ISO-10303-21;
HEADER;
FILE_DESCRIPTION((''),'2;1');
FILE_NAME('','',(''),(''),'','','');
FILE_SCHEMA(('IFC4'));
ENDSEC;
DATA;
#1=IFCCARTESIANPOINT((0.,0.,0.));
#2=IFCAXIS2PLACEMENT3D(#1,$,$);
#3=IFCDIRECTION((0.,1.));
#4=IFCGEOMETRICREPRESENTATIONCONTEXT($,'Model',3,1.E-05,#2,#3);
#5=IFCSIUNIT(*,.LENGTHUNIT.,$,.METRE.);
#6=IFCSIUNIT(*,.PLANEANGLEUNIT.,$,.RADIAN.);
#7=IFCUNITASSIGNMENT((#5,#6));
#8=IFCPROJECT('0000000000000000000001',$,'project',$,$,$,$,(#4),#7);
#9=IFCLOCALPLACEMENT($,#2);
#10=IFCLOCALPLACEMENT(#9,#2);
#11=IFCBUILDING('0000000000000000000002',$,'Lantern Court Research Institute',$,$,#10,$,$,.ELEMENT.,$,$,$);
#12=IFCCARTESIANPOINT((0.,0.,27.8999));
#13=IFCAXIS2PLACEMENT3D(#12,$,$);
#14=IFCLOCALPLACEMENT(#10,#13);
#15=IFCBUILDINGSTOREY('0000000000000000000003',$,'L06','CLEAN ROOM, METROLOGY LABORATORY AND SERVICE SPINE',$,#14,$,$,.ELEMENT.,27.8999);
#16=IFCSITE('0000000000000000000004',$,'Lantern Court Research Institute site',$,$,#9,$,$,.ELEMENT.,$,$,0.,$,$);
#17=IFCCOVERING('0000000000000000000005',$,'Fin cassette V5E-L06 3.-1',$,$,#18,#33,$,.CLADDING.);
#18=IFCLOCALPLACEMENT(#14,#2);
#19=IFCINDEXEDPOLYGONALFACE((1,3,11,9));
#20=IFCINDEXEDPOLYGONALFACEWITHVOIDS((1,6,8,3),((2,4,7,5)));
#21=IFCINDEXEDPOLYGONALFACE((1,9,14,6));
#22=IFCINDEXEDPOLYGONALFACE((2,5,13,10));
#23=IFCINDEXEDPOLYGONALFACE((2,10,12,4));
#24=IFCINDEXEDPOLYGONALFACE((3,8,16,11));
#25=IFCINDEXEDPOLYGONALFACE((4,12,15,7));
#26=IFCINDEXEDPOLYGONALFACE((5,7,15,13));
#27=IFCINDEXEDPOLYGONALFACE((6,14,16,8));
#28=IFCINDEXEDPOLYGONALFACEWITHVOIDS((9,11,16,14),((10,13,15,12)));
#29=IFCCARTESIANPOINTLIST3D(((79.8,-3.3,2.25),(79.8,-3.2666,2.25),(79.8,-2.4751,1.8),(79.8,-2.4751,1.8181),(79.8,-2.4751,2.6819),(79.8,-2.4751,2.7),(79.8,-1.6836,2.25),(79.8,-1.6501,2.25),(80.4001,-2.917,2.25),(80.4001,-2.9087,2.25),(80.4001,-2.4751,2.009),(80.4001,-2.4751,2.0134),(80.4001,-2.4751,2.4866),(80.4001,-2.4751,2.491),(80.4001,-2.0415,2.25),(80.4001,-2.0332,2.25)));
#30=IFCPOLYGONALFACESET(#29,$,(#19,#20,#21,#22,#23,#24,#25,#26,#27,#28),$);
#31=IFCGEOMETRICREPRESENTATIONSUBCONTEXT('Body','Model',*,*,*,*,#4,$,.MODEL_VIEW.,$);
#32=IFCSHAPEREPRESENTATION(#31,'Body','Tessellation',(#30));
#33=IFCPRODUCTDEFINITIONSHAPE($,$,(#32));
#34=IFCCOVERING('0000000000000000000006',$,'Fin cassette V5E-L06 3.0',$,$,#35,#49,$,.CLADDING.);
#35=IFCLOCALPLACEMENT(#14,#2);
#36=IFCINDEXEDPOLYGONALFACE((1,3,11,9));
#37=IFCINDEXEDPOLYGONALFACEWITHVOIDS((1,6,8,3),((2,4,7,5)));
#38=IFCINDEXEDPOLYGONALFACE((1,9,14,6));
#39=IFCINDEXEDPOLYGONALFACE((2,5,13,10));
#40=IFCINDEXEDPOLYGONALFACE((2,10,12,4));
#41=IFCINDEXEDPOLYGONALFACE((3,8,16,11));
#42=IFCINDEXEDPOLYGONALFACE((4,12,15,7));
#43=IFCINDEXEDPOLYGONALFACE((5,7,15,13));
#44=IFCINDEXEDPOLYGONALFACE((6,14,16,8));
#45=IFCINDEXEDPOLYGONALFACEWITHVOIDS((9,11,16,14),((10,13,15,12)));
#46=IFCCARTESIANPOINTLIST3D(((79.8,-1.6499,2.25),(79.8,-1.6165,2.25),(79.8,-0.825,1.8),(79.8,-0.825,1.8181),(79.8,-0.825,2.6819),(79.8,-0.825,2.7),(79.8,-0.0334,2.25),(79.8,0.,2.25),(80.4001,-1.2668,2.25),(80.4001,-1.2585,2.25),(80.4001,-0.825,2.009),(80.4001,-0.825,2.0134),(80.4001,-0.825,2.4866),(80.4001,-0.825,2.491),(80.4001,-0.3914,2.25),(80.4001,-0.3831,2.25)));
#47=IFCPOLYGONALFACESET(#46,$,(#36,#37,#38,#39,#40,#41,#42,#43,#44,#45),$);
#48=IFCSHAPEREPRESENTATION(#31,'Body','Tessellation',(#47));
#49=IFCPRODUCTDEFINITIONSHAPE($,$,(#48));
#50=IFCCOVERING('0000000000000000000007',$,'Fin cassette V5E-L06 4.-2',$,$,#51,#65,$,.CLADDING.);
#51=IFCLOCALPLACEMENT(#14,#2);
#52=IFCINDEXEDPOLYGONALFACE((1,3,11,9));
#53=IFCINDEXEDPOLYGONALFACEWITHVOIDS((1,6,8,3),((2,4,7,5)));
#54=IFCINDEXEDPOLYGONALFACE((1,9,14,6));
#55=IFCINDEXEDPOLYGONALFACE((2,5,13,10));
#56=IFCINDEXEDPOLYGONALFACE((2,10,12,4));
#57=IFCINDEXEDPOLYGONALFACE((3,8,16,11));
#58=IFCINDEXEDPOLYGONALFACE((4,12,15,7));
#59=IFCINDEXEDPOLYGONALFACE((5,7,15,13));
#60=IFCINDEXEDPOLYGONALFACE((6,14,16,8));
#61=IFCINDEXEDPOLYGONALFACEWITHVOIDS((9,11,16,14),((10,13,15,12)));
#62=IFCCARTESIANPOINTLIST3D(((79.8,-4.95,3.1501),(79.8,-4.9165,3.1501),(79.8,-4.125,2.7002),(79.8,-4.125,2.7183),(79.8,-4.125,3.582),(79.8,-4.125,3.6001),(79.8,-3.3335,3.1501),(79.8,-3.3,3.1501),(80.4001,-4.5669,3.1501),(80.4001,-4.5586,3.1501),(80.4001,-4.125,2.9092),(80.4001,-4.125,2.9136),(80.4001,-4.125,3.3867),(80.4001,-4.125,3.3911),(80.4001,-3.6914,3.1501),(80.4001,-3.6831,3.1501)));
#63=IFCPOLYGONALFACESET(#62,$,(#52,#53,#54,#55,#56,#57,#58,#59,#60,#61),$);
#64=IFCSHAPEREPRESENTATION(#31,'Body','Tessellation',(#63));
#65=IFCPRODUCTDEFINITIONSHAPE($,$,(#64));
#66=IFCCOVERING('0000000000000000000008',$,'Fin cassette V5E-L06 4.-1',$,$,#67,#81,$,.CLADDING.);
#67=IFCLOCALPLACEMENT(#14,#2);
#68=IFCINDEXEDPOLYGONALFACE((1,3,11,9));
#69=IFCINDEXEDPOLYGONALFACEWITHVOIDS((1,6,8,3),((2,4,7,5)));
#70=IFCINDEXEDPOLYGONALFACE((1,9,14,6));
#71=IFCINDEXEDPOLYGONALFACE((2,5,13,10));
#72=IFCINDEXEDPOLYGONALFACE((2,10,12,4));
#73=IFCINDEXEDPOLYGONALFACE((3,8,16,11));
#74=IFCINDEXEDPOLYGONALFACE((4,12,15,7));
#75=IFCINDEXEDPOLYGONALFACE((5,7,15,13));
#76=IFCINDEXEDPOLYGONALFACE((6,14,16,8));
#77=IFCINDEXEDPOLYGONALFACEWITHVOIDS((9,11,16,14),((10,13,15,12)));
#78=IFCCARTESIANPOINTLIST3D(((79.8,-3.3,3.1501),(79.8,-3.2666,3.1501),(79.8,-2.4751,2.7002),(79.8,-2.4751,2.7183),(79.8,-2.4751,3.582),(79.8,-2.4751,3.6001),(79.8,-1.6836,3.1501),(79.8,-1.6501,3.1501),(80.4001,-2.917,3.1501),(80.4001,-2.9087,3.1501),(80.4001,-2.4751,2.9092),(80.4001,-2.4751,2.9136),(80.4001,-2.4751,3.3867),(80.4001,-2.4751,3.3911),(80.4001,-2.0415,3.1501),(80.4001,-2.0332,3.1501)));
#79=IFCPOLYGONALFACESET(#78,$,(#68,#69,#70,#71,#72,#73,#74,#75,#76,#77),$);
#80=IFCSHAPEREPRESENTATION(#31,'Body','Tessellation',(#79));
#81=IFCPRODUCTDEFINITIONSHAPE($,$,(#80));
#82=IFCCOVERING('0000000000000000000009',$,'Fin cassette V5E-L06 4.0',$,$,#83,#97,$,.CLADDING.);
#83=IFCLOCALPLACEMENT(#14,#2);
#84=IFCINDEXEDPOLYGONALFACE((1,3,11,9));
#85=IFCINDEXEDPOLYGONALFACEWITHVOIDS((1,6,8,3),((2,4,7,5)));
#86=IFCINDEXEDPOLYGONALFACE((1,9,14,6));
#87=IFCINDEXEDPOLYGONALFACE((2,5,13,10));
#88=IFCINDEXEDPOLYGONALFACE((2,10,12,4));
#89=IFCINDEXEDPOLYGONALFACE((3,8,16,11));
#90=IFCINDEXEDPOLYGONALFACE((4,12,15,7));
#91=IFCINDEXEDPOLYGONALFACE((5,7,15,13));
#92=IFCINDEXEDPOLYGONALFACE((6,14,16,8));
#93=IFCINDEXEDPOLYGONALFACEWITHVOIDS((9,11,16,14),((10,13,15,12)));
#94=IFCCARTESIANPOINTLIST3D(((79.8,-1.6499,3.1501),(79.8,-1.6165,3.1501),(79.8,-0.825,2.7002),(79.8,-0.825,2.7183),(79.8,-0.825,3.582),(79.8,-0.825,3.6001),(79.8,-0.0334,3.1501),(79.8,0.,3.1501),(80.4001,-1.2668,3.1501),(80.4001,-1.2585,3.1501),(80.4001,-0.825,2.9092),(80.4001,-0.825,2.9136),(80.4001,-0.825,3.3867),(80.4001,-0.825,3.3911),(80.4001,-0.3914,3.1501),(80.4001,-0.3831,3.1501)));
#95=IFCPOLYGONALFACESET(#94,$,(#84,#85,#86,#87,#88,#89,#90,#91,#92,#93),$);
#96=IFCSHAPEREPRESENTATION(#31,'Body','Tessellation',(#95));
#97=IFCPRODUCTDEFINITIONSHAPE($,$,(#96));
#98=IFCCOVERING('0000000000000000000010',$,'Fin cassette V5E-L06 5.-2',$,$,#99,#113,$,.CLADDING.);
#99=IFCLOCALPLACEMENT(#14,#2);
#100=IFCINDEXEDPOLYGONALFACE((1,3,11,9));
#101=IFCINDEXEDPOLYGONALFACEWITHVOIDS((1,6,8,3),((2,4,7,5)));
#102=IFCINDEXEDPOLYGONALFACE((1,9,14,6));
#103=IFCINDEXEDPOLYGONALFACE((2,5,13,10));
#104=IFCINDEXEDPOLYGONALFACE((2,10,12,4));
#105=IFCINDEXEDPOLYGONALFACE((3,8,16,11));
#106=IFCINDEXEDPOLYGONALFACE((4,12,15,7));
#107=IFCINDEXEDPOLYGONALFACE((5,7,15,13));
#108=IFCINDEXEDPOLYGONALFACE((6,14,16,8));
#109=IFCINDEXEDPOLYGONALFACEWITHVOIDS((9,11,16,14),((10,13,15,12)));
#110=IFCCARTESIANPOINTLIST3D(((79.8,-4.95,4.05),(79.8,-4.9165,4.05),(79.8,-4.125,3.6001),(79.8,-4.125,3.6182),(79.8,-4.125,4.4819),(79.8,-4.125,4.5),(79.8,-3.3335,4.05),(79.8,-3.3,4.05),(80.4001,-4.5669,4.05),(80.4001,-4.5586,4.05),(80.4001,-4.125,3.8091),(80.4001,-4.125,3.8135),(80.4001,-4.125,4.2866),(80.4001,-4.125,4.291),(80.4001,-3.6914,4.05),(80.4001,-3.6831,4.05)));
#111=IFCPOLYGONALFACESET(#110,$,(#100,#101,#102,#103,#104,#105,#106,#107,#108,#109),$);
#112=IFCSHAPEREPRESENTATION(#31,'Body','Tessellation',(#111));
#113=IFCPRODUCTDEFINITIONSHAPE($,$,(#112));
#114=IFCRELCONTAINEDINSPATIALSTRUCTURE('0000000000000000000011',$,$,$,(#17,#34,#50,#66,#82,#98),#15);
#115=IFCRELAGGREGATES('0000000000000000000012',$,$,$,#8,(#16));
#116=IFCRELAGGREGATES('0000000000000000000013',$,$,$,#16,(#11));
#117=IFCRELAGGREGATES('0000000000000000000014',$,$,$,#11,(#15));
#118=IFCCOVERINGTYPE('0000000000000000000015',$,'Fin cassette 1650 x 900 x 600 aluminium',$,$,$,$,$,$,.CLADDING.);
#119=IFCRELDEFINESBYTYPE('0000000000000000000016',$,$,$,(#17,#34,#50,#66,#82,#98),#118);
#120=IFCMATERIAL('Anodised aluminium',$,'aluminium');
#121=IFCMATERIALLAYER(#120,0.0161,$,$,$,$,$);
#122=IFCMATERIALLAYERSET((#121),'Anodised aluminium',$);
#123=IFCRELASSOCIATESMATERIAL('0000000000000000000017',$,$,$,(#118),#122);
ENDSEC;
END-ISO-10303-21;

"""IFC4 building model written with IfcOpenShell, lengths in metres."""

from ifc_helpers import new_model, entity, si_unit, direction, frame, origin, place, context, subcontext, project, spatial, material, layer, layer_set, type_object, element, save


model = new_model("IFC4")

# Units and contexts
model_context = context("Model", 3, precision=1e-05, world=origin(), true_north=direction((0.0, 1.0)))
body_context = subcontext(model_context, "Body", "Model", "MODEL_VIEW")
ifc_project = project(units=[si_unit("LENGTHUNIT", "METRE"), si_unit("PLANEANGLEUNIT", "RADIAN")], contexts=[model_context])

# Site, building, storey
site_placement = place(None, origin())
site = spatial("IfcSite", under=ifc_project, at=site_placement, Name="Lantern Court Research Institute site", CompositionType="ELEMENT", RefElevation=0.0)
building_placement = place(site_placement, origin())
building = spatial("IfcBuilding", under=site, at=building_placement, Name="Lantern Court Research Institute", CompositionType="ELEMENT")
storey_placement = place(building_placement, frame((0.0, 0.0, 27.8999)))
storey = spatial("IfcBuildingStorey", under=building, at=storey_placement, Name="L06", Description="CLEAN ROOM, METROLOGY LABORATORY AND SERVICE SPINE", CompositionType="ELEMENT", Elevation=27.8999)

# Coverings
ifc_material_1 = material(Name="Anodised aluminium", Category="aluminium")
ifc_layer_1 = layer(ifc_material_1, 0.0161)
ifc_layer_set_1 = layer_set([ifc_layer_1], Name="Anodised aluminium")
covering_type = type_object("IfcCoveringType", Name="Fin cassette 1650 x 900 x 600 aluminium", PredefinedType="CLADDING", material=ifc_layer_set_1)
covering_1_placement = place(storey_placement, frame((79.8, -2.4751, 2.25), z_axis=(1.0, 0.0, 0.0), x_axis=(0.0, 1.0, 0.0)))
cartesian_point_1 = entity("IfcCartesianPoint", [0.825, 0.0])
cartesian_point_2 = entity("IfcCartesianPoint", [0.7915, 0.0])
cartesian_point_3 = entity("IfcCartesianPoint", [0.4419, 0.0])
cartesian_point_4 = entity("IfcCartesianPoint", [0.4336, 0.0])
element("IfcCovering", 1, at=covering_1_placement, inside=storey, type_object=covering_type, Name="Fin cassette V5E-L06 3.-1", PredefinedType="CLADDING", context=body_context, shape_type="SweptSolid", body=[
    entity("IfcExtrudedAreaSolidTapered", entity("IfcArbitraryProfileDefWithVoids", "AREA", None, entity("IfcPolyline", [cartesian_point_1, entity("IfcCartesianPoint", [0.0, 0.45]), entity("IfcCartesianPoint", [-0.825, 0.0]), entity("IfcCartesianPoint", [0.0, -0.45]), cartesian_point_1]), [entity("IfcPolyline", [cartesian_point_2, entity("IfcCartesianPoint", [0.0, 0.4319]), entity("IfcCartesianPoint", [-0.7915, 0.0]), entity("IfcCartesianPoint", [0.0, -0.4319]), cartesian_point_2])]), entity("IfcAxis2Placement3D", entity("IfcCartesianPoint", [0.0, 0.0, 0.0])), entity("IfcDirection", [0.0, 0.0, 1.0]), 0.6001, entity("IfcArbitraryProfileDefWithVoids", "AREA", None, entity("IfcPolyline", [cartesian_point_3, entity("IfcCartesianPoint", [0.0, 0.241]), entity("IfcCartesianPoint", [-0.4419, 0.0]), entity("IfcCartesianPoint", [0.0, -0.241]), cartesian_point_3]), [entity("IfcPolyline", [cartesian_point_4, entity("IfcCartesianPoint", [0.0, 0.2366]), entity("IfcCartesianPoint", [-0.4336, 0.0]), entity("IfcCartesianPoint", [0.0, -0.2366]), cartesian_point_4])])),
])
covering_2_placement = place(storey_placement, frame((79.8, -0.825, 2.25), z_axis=(1.0, 0.0, 0.0), x_axis=(0.0, 1.0, 0.0)))
cartesian_point_5 = entity("IfcCartesianPoint", [0.825, 0.0])
cartesian_point_6 = entity("IfcCartesianPoint", [0.7915, 0.0])
cartesian_point_7 = entity("IfcCartesianPoint", [0.4419, 0.0])
cartesian_point_8 = entity("IfcCartesianPoint", [0.4336, 0.0])
element("IfcCovering", 2, at=covering_2_placement, inside=storey, type_object=covering_type, Name="Fin cassette V5E-L06 3.0", PredefinedType="CLADDING", context=body_context, shape_type="SweptSolid", body=[
    entity("IfcExtrudedAreaSolidTapered", entity("IfcArbitraryProfileDefWithVoids", "AREA", None, entity("IfcPolyline", [cartesian_point_5, entity("IfcCartesianPoint", [0.0, 0.45]), entity("IfcCartesianPoint", [-0.825, 0.0]), entity("IfcCartesianPoint", [0.0, -0.45]), cartesian_point_5]), [entity("IfcPolyline", [cartesian_point_6, entity("IfcCartesianPoint", [0.0, 0.4319]), entity("IfcCartesianPoint", [-0.7915, 0.0]), entity("IfcCartesianPoint", [0.0, -0.4319]), cartesian_point_6])]), entity("IfcAxis2Placement3D", entity("IfcCartesianPoint", [0.0, 0.0, 0.0])), entity("IfcDirection", [0.0, 0.0, 1.0]), 0.6001, entity("IfcArbitraryProfileDefWithVoids", "AREA", None, entity("IfcPolyline", [cartesian_point_7, entity("IfcCartesianPoint", [0.0, 0.241]), entity("IfcCartesianPoint", [-0.4419, 0.0]), entity("IfcCartesianPoint", [0.0, -0.241]), cartesian_point_7]), [entity("IfcPolyline", [cartesian_point_8, entity("IfcCartesianPoint", [0.0, 0.2366]), entity("IfcCartesianPoint", [-0.4336, 0.0]), entity("IfcCartesianPoint", [0.0, -0.2366]), cartesian_point_8])])),
])
covering_3_placement = place(storey_placement, frame((79.8, -4.125, 3.1501), z_axis=(1.0, 0.0, 0.0), x_axis=(0.0, 1.0, 0.0)))
cartesian_point_9 = entity("IfcCartesianPoint", [0.825, 0.0])
cartesian_point_10 = entity("IfcCartesianPoint", [0.7915, 0.0])
cartesian_point_11 = entity("IfcCartesianPoint", [0.4419, 0.0])
cartesian_point_12 = entity("IfcCartesianPoint", [0.4336, 0.0])
element("IfcCovering", 3, at=covering_3_placement, inside=storey, type_object=covering_type, Name="Fin cassette V5E-L06 4.-2", PredefinedType="CLADDING", context=body_context, shape_type="SweptSolid", body=[
    entity("IfcExtrudedAreaSolidTapered", entity("IfcArbitraryProfileDefWithVoids", "AREA", None, entity("IfcPolyline", [cartesian_point_9, entity("IfcCartesianPoint", [0.0, 0.45]), entity("IfcCartesianPoint", [-0.825, 0.0]), entity("IfcCartesianPoint", [0.0, -0.45]), cartesian_point_9]), [entity("IfcPolyline", [cartesian_point_10, entity("IfcCartesianPoint", [0.0, 0.4319]), entity("IfcCartesianPoint", [-0.7915, 0.0]), entity("IfcCartesianPoint", [0.0, -0.4319]), cartesian_point_10])]), entity("IfcAxis2Placement3D", entity("IfcCartesianPoint", [0.0, 0.0, 0.0])), entity("IfcDirection", [0.0, 0.0, 1.0]), 0.6001, entity("IfcArbitraryProfileDefWithVoids", "AREA", None, entity("IfcPolyline", [cartesian_point_11, entity("IfcCartesianPoint", [0.0, 0.241]), entity("IfcCartesianPoint", [-0.4419, 0.0]), entity("IfcCartesianPoint", [0.0, -0.241]), cartesian_point_11]), [entity("IfcPolyline", [cartesian_point_12, entity("IfcCartesianPoint", [0.0, 0.2366]), entity("IfcCartesianPoint", [-0.4336, 0.0]), entity("IfcCartesianPoint", [0.0, -0.2366]), cartesian_point_12])])),
])
covering_4_placement = place(storey_placement, frame((79.8, -2.4751, 3.1501), z_axis=(1.0, 0.0, 0.0), x_axis=(0.0, 1.0, 0.0)))
cartesian_point_13 = entity("IfcCartesianPoint", [0.825, 0.0])
cartesian_point_14 = entity("IfcCartesianPoint", [0.7915, 0.0])
cartesian_point_15 = entity("IfcCartesianPoint", [0.4419, 0.0])
cartesian_point_16 = entity("IfcCartesianPoint", [0.4336, 0.0])
element("IfcCovering", 4, at=covering_4_placement, inside=storey, type_object=covering_type, Name="Fin cassette V5E-L06 4.-1", PredefinedType="CLADDING", context=body_context, shape_type="SweptSolid", body=[
    entity("IfcExtrudedAreaSolidTapered", entity("IfcArbitraryProfileDefWithVoids", "AREA", None, entity("IfcPolyline", [cartesian_point_13, entity("IfcCartesianPoint", [0.0, 0.45]), entity("IfcCartesianPoint", [-0.825, 0.0]), entity("IfcCartesianPoint", [0.0, -0.45]), cartesian_point_13]), [entity("IfcPolyline", [cartesian_point_14, entity("IfcCartesianPoint", [0.0, 0.4319]), entity("IfcCartesianPoint", [-0.7915, 0.0]), entity("IfcCartesianPoint", [0.0, -0.4319]), cartesian_point_14])]), entity("IfcAxis2Placement3D", entity("IfcCartesianPoint", [0.0, 0.0, 0.0])), entity("IfcDirection", [0.0, 0.0, 1.0]), 0.6001, entity("IfcArbitraryProfileDefWithVoids", "AREA", None, entity("IfcPolyline", [cartesian_point_15, entity("IfcCartesianPoint", [0.0, 0.241]), entity("IfcCartesianPoint", [-0.4419, 0.0]), entity("IfcCartesianPoint", [0.0, -0.241]), cartesian_point_15]), [entity("IfcPolyline", [cartesian_point_16, entity("IfcCartesianPoint", [0.0, 0.2366]), entity("IfcCartesianPoint", [-0.4336, 0.0]), entity("IfcCartesianPoint", [0.0, -0.2366]), cartesian_point_16])])),
])
covering_5_placement = place(storey_placement, frame((79.8, -0.825, 3.1501), z_axis=(1.0, 0.0, 0.0), x_axis=(0.0, 1.0, 0.0)))
cartesian_point_17 = entity("IfcCartesianPoint", [0.825, 0.0])
cartesian_point_18 = entity("IfcCartesianPoint", [0.7915, 0.0])
cartesian_point_19 = entity("IfcCartesianPoint", [0.4419, 0.0])
cartesian_point_20 = entity("IfcCartesianPoint", [0.4336, 0.0])
element("IfcCovering", 5, at=covering_5_placement, inside=storey, type_object=covering_type, Name="Fin cassette V5E-L06 4.0", PredefinedType="CLADDING", context=body_context, shape_type="SweptSolid", body=[
    entity("IfcExtrudedAreaSolidTapered", entity("IfcArbitraryProfileDefWithVoids", "AREA", None, entity("IfcPolyline", [cartesian_point_17, entity("IfcCartesianPoint", [0.0, 0.45]), entity("IfcCartesianPoint", [-0.825, 0.0]), entity("IfcCartesianPoint", [0.0, -0.45]), cartesian_point_17]), [entity("IfcPolyline", [cartesian_point_18, entity("IfcCartesianPoint", [0.0, 0.4319]), entity("IfcCartesianPoint", [-0.7915, 0.0]), entity("IfcCartesianPoint", [0.0, -0.4319]), cartesian_point_18])]), entity("IfcAxis2Placement3D", entity("IfcCartesianPoint", [0.0, 0.0, 0.0])), entity("IfcDirection", [0.0, 0.0, 1.0]), 0.6001, entity("IfcArbitraryProfileDefWithVoids", "AREA", None, entity("IfcPolyline", [cartesian_point_19, entity("IfcCartesianPoint", [0.0, 0.241]), entity("IfcCartesianPoint", [-0.4419, 0.0]), entity("IfcCartesianPoint", [0.0, -0.241]), cartesian_point_19]), [entity("IfcPolyline", [cartesian_point_20, entity("IfcCartesianPoint", [0.0, 0.2366]), entity("IfcCartesianPoint", [-0.4336, 0.0]), entity("IfcCartesianPoint", [0.0, -0.2366]), cartesian_point_20])])),
])
covering_6_placement = place(storey_placement, frame((79.8, -4.125, 4.05), z_axis=(1.0, 0.0, 0.0), x_axis=(0.0, 1.0, 0.0)))
cartesian_point_21 = entity("IfcCartesianPoint", [0.825, 0.0])
cartesian_point_22 = entity("IfcCartesianPoint", [0.7915, 0.0])
cartesian_point_23 = entity("IfcCartesianPoint", [0.4419, 0.0])
cartesian_point_24 = entity("IfcCartesianPoint", [0.4336, 0.0])
element("IfcCovering", 6, at=covering_6_placement, inside=storey, type_object=covering_type, Name="Fin cassette V5E-L06 5.-2", PredefinedType="CLADDING", context=body_context, shape_type="SweptSolid", body=[
    entity("IfcExtrudedAreaSolidTapered", entity("IfcArbitraryProfileDefWithVoids", "AREA", None, entity("IfcPolyline", [cartesian_point_21, entity("IfcCartesianPoint", [0.0, 0.45]), entity("IfcCartesianPoint", [-0.825, 0.0]), entity("IfcCartesianPoint", [0.0, -0.45]), cartesian_point_21]), [entity("IfcPolyline", [cartesian_point_22, entity("IfcCartesianPoint", [0.0, 0.4319]), entity("IfcCartesianPoint", [-0.7915, 0.0]), entity("IfcCartesianPoint", [0.0, -0.4319]), cartesian_point_22])]), entity("IfcAxis2Placement3D", entity("IfcCartesianPoint", [0.0, 0.0, 0.0])), entity("IfcDirection", [0.0, 0.0, 1.0]), 0.6001, entity("IfcArbitraryProfileDefWithVoids", "AREA", None, entity("IfcPolyline", [cartesian_point_23, entity("IfcCartesianPoint", [0.0, 0.241]), entity("IfcCartesianPoint", [-0.4419, 0.0]), entity("IfcCartesianPoint", [0.0, -0.241]), cartesian_point_23]), [entity("IfcPolyline", [cartesian_point_24, entity("IfcCartesianPoint", [0.0, 0.2366]), entity("IfcCartesianPoint", [-0.4336, 0.0]), entity("IfcCartesianPoint", [0.0, -0.2366]), cartesian_point_24])])),
])

save(model, "model.ifc")
